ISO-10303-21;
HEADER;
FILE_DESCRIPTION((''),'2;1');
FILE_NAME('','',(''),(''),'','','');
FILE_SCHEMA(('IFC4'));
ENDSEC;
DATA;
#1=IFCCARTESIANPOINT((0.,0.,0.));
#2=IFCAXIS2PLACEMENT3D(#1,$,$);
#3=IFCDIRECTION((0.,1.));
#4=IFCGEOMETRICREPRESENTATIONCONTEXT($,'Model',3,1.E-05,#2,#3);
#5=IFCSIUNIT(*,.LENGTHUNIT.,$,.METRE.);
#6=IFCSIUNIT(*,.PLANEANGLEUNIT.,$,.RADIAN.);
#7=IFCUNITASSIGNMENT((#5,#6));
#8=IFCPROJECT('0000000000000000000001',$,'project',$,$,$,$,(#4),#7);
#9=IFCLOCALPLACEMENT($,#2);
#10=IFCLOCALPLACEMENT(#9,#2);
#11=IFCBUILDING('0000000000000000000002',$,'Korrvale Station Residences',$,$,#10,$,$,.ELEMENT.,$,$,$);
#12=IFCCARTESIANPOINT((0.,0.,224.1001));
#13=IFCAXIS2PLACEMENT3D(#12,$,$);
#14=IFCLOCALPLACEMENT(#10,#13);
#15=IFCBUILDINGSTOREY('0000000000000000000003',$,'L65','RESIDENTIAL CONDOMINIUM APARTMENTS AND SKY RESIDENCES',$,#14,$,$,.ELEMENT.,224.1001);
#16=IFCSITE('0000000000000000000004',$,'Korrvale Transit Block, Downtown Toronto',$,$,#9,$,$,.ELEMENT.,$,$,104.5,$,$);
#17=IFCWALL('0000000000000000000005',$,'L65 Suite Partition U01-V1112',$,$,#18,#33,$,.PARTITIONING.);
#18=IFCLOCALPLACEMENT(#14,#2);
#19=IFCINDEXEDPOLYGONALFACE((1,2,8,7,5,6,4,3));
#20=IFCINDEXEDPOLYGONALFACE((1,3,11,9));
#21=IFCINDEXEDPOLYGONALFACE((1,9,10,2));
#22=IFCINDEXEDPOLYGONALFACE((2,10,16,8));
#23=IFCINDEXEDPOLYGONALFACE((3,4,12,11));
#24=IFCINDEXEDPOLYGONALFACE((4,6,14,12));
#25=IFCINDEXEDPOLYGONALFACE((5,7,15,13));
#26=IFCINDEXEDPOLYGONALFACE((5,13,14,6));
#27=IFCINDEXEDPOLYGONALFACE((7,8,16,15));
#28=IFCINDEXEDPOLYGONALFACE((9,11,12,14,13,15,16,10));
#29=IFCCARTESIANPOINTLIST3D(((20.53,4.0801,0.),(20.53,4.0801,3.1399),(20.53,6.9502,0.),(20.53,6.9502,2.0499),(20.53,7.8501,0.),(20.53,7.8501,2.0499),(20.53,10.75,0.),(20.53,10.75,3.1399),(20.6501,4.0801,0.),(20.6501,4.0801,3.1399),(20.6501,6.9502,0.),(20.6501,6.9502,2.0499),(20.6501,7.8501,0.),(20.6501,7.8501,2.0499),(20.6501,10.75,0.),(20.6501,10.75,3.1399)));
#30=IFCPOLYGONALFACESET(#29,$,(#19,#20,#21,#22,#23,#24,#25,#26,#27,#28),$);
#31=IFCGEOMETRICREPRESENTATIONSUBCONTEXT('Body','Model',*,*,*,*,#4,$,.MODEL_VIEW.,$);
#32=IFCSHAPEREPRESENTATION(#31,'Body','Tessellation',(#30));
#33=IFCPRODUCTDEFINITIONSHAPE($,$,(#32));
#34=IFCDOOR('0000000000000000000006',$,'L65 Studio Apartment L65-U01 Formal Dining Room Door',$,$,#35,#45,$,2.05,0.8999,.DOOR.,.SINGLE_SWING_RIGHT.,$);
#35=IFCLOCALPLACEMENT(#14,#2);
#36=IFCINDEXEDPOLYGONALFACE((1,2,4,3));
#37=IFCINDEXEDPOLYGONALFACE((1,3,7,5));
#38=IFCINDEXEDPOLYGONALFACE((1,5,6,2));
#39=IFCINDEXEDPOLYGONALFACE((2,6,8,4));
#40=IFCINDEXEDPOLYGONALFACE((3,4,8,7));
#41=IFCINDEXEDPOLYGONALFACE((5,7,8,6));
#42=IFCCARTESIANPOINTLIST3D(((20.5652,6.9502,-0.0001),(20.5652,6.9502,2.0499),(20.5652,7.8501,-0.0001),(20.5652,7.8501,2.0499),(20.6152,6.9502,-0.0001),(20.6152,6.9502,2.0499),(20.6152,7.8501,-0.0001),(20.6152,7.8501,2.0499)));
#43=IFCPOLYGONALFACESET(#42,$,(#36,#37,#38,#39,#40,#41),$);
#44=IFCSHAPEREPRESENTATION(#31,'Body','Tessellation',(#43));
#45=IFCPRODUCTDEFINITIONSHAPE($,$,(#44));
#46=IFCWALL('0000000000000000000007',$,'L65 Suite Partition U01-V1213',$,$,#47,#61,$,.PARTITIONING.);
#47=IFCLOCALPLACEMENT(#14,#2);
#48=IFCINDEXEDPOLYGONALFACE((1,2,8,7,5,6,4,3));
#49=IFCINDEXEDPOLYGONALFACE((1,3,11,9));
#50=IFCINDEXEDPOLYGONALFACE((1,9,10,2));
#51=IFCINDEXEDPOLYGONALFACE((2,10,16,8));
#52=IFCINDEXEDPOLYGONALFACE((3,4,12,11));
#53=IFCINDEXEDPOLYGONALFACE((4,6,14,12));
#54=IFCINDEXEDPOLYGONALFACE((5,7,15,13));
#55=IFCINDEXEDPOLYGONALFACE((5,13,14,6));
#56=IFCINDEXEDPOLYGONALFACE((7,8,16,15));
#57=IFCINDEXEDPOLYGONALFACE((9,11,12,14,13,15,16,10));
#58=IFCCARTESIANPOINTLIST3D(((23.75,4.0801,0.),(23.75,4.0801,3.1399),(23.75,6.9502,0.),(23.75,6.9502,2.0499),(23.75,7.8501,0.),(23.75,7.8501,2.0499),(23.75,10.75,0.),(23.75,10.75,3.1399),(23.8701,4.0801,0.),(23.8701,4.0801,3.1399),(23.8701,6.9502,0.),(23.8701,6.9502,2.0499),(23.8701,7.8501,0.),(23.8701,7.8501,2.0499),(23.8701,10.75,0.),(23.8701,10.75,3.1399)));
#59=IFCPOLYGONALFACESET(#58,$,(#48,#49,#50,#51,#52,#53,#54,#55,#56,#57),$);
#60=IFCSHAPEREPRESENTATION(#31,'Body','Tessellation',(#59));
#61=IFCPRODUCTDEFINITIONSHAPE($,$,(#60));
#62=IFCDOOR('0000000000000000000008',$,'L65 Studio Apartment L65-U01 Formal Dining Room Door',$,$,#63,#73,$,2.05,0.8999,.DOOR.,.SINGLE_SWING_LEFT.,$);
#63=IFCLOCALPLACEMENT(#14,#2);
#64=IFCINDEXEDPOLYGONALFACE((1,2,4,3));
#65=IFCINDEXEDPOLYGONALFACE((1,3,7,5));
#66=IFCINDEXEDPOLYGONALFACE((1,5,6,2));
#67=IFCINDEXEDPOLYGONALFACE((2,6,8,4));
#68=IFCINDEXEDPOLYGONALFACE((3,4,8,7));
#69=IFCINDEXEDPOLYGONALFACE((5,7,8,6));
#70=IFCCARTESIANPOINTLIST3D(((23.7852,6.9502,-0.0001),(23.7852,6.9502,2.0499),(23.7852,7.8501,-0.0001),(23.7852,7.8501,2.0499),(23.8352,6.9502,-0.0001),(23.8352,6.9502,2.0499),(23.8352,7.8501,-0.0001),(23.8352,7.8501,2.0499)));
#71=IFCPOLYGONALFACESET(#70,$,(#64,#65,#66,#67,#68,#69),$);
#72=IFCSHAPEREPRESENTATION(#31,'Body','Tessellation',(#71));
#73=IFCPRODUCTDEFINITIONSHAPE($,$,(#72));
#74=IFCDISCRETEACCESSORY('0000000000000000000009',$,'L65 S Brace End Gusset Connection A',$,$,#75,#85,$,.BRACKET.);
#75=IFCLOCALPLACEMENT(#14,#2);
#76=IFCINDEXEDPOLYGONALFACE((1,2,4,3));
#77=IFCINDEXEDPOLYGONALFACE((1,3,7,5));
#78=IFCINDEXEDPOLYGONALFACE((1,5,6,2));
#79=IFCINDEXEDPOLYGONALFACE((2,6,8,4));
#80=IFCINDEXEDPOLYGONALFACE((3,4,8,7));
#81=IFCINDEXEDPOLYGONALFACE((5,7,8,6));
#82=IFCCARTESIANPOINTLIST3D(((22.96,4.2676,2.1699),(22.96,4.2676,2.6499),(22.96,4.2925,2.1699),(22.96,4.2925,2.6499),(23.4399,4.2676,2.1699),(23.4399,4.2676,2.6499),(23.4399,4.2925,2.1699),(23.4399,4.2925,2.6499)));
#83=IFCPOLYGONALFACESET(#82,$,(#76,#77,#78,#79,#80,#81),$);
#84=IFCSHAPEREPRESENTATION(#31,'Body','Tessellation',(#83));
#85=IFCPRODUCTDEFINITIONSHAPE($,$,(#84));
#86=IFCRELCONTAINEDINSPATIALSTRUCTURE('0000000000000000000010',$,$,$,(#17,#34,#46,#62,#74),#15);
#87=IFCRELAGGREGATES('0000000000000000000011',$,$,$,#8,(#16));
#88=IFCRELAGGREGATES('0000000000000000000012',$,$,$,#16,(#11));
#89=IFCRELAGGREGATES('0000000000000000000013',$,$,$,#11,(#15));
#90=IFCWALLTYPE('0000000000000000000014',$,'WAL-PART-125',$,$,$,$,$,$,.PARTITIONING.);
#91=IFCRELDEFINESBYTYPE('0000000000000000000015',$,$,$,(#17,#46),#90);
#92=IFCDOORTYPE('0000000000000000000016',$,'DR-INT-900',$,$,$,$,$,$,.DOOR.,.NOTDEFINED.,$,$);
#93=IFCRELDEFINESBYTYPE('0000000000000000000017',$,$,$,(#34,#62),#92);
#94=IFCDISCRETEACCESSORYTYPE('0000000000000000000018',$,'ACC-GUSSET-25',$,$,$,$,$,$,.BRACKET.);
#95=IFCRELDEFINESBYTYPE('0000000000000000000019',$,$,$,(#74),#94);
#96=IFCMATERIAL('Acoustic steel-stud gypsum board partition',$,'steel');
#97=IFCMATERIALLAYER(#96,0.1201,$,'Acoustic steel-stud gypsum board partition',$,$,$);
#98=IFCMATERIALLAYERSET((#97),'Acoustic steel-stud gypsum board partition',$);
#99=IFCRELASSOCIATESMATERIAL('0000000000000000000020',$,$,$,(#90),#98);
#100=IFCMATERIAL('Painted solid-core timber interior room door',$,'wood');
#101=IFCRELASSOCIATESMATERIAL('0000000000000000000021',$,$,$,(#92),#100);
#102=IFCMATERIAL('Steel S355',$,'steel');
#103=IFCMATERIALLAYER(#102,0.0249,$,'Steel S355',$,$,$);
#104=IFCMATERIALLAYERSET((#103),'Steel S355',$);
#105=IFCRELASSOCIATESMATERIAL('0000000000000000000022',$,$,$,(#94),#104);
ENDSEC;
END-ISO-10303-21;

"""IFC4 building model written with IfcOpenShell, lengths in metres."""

from ifc_helpers import new_model, si_unit, direction, frame, frame_2d, origin, origin_2d, place, context, subcontext, project, spatial, rectangle, extrude, material, layer, layer_set, type_object, element, fill, save


model = new_model("IFC4")

# Units and contexts
model_context = context("Model", 3, precision=1e-05, world=origin(), true_north=direction((0.0, 1.0)))
body_context = subcontext(model_context, "Body", "Model", "MODEL_VIEW")
ifc_project = project(units=[si_unit("LENGTHUNIT", "METRE"), si_unit("PLANEANGLEUNIT", "RADIAN")], contexts=[model_context])

# Site, building, storey
site_placement = place(None, origin())
site = spatial("IfcSite", under=ifc_project, at=site_placement, Name="Korrvale Transit Block, Downtown Toronto", CompositionType="ELEMENT", RefElevation=104.5)
building_placement = place(site_placement, origin())
building = spatial("IfcBuilding", under=site, at=building_placement, Name="Korrvale Station Residences", CompositionType="ELEMENT")
storey_placement = place(building_placement, frame((0.0, 0.0, 224.1001)))
storey = spatial("IfcBuildingStorey", under=building, at=storey_placement, Name="L65", Description="RESIDENTIAL CONDOMINIUM APARTMENTS AND SKY RESIDENCES", CompositionType="ELEMENT", Elevation=224.1001)

# Shared definitions
ifc_material_1 = material(Name="Acoustic steel-stud gypsum board partition", Category="steel")
ifc_layer_1 = layer(ifc_material_1, 0.1201, Name="Acoustic steel-stud gypsum board partition")
ifc_layer_set_1 = layer_set([ifc_layer_1], Name="Acoustic steel-stud gypsum board partition")
wall_type = type_object("IfcWallType", Name="WAL-PART-125", PredefinedType="PARTITIONING", material=ifc_layer_set_1)
ifc_material_2 = material(Name="Painted solid-core timber interior room door", Category="wood")
door_type = type_object("IfcDoorType", Name="DR-INT-900", OperationType="NOTDEFINED", PredefinedType="DOOR", material=ifc_material_2)

# Walls, openings, doors
wall_1_placement = place(storey_placement, frame((20.5901, 4.0801, 0.0), z_axis=(0.0, 0.0, 1.0), x_axis=(0.0, 1.0, 0.0)))
wall_1 = element("IfcWall", 1, at=wall_1_placement, inside=storey, type_object=wall_type, Name="L65 Suite Partition U01-V1112", PredefinedType="PARTITIONING", context=body_context, shape_type="SweptSolid", body=[
    extrude(rectangle(XDim=6.6699, YDim=0.1201, at=frame_2d((3.335, 0.0))), origin(), (0.0, 0.0, 1.0), 3.1399),
])
opening_1_placement = place(wall_1_placement, frame((2.8701, 0.0, 0.0)))
opening_1 = element("IfcOpeningElement", 2, at=opening_1_placement, cuts=wall_1, PredefinedType="OPENING", context=body_context, shape_type="SweptSolid", body=[
    extrude(rectangle(XDim=0.8999, YDim=2.05, at=frame_2d((0.45, 1.0249))), frame((0.0, 0.0701, 0.0), z_axis=(0.0, -1.0, 0.0), x_axis=(1.0, 0.0, 0.0)), (0.0, 0.0, 1.0), 0.1401),
])
door_1_placement = place(opening_1_placement, origin())
door_1 = element("IfcDoor", 3, at=door_1_placement, inside=storey, type_object=door_type, Name="L65 Studio Apartment L65-U01 Formal Dining Room Door", OperationType="SINGLE_SWING_RIGHT", OverallHeight=2.05, OverallWidth=0.8999, PredefinedType="DOOR", context=body_context, shape_type="SweptSolid", body=[
    extrude(rectangle(XDim=0.8999, YDim=2.05, at=frame_2d((0.45, 1.0249))), frame((0.0, 0.0249, 0.0), z_axis=(0.0, -1.0, 0.0), x_axis=(1.0, 0.0, 0.0)), (0.0, 0.0, 1.0), 0.05),
])
fill(opening_1, door_1)
wall_2_placement = place(storey_placement, frame((23.8101, 4.0801, 0.0), z_axis=(0.0, 0.0, 1.0), x_axis=(0.0, 1.0, 0.0)))
wall_2 = element("IfcWall", 4, at=wall_2_placement, inside=storey, type_object=wall_type, Name="L65 Suite Partition U01-V1213", PredefinedType="PARTITIONING", context=body_context, shape_type="SweptSolid", body=[
    extrude(rectangle(XDim=6.6699, YDim=0.1201, at=frame_2d((3.335, 0.0))), origin(), (0.0, 0.0, 1.0), 3.1399),
])
opening_2_placement = place(wall_2_placement, frame((2.8701, 0.0, 0.0)))
opening_2 = element("IfcOpeningElement", 5, at=opening_2_placement, cuts=wall_2, PredefinedType="OPENING", context=body_context, shape_type="SweptSolid", body=[
    extrude(rectangle(XDim=0.8999, YDim=2.05, at=frame_2d((0.45, 1.0249))), frame((0.0, 0.0701, 0.0), z_axis=(0.0, -1.0, 0.0), x_axis=(1.0, 0.0, 0.0)), (0.0, 0.0, 1.0), 0.1401),
])
door_2_placement = place(opening_2_placement, origin())
door_2 = element("IfcDoor", 6, at=door_2_placement, inside=storey, type_object=door_type, Name="L65 Studio Apartment L65-U01 Formal Dining Room Door", OperationType="SINGLE_SWING_LEFT", OverallHeight=2.05, OverallWidth=0.8999, PredefinedType="DOOR", context=body_context, shape_type="SweptSolid", body=[
    extrude(rectangle(XDim=0.8999, YDim=2.05, at=frame_2d((0.45, 1.0249))), frame((0.0, 0.0249, 0.0), z_axis=(0.0, -1.0, 0.0), x_axis=(1.0, 0.0, 0.0)), (0.0, 0.0, 1.0), 0.05),
])
fill(opening_2, door_2)

# Discrete accessory
ifc_material_3 = material(Name="Steel S355", Category="steel")
ifc_layer_2 = layer(ifc_material_3, 0.0249, Name="Steel S355")
ifc_layer_set_2 = layer_set([ifc_layer_2], Name="Steel S355")
discrete_accessory_type = type_object("IfcDiscreteAccessoryType", Name="ACC-GUSSET-25", PredefinedType="BRACKET", material=ifc_layer_set_2)
discrete_accessory_placement = place(storey_placement, frame((23.2, 4.28, 2.1699), z_axis=(0.0, 0.0, 1.0), x_axis=(1.0, 0.0, 0.0)))
element("IfcDiscreteAccessory", 7, at=discrete_accessory_placement, inside=storey, type_object=discrete_accessory_type, Name="L65 S Brace End Gusset Connection A", PredefinedType="BRACKET", context=body_context, shape_type="SweptSolid", body=[
    extrude(rectangle(XDim=0.48, YDim=0.0249, at=origin_2d()), origin(), (0.0, 0.0, 1.0), 0.48),
])

save(model, "model.ifc")
